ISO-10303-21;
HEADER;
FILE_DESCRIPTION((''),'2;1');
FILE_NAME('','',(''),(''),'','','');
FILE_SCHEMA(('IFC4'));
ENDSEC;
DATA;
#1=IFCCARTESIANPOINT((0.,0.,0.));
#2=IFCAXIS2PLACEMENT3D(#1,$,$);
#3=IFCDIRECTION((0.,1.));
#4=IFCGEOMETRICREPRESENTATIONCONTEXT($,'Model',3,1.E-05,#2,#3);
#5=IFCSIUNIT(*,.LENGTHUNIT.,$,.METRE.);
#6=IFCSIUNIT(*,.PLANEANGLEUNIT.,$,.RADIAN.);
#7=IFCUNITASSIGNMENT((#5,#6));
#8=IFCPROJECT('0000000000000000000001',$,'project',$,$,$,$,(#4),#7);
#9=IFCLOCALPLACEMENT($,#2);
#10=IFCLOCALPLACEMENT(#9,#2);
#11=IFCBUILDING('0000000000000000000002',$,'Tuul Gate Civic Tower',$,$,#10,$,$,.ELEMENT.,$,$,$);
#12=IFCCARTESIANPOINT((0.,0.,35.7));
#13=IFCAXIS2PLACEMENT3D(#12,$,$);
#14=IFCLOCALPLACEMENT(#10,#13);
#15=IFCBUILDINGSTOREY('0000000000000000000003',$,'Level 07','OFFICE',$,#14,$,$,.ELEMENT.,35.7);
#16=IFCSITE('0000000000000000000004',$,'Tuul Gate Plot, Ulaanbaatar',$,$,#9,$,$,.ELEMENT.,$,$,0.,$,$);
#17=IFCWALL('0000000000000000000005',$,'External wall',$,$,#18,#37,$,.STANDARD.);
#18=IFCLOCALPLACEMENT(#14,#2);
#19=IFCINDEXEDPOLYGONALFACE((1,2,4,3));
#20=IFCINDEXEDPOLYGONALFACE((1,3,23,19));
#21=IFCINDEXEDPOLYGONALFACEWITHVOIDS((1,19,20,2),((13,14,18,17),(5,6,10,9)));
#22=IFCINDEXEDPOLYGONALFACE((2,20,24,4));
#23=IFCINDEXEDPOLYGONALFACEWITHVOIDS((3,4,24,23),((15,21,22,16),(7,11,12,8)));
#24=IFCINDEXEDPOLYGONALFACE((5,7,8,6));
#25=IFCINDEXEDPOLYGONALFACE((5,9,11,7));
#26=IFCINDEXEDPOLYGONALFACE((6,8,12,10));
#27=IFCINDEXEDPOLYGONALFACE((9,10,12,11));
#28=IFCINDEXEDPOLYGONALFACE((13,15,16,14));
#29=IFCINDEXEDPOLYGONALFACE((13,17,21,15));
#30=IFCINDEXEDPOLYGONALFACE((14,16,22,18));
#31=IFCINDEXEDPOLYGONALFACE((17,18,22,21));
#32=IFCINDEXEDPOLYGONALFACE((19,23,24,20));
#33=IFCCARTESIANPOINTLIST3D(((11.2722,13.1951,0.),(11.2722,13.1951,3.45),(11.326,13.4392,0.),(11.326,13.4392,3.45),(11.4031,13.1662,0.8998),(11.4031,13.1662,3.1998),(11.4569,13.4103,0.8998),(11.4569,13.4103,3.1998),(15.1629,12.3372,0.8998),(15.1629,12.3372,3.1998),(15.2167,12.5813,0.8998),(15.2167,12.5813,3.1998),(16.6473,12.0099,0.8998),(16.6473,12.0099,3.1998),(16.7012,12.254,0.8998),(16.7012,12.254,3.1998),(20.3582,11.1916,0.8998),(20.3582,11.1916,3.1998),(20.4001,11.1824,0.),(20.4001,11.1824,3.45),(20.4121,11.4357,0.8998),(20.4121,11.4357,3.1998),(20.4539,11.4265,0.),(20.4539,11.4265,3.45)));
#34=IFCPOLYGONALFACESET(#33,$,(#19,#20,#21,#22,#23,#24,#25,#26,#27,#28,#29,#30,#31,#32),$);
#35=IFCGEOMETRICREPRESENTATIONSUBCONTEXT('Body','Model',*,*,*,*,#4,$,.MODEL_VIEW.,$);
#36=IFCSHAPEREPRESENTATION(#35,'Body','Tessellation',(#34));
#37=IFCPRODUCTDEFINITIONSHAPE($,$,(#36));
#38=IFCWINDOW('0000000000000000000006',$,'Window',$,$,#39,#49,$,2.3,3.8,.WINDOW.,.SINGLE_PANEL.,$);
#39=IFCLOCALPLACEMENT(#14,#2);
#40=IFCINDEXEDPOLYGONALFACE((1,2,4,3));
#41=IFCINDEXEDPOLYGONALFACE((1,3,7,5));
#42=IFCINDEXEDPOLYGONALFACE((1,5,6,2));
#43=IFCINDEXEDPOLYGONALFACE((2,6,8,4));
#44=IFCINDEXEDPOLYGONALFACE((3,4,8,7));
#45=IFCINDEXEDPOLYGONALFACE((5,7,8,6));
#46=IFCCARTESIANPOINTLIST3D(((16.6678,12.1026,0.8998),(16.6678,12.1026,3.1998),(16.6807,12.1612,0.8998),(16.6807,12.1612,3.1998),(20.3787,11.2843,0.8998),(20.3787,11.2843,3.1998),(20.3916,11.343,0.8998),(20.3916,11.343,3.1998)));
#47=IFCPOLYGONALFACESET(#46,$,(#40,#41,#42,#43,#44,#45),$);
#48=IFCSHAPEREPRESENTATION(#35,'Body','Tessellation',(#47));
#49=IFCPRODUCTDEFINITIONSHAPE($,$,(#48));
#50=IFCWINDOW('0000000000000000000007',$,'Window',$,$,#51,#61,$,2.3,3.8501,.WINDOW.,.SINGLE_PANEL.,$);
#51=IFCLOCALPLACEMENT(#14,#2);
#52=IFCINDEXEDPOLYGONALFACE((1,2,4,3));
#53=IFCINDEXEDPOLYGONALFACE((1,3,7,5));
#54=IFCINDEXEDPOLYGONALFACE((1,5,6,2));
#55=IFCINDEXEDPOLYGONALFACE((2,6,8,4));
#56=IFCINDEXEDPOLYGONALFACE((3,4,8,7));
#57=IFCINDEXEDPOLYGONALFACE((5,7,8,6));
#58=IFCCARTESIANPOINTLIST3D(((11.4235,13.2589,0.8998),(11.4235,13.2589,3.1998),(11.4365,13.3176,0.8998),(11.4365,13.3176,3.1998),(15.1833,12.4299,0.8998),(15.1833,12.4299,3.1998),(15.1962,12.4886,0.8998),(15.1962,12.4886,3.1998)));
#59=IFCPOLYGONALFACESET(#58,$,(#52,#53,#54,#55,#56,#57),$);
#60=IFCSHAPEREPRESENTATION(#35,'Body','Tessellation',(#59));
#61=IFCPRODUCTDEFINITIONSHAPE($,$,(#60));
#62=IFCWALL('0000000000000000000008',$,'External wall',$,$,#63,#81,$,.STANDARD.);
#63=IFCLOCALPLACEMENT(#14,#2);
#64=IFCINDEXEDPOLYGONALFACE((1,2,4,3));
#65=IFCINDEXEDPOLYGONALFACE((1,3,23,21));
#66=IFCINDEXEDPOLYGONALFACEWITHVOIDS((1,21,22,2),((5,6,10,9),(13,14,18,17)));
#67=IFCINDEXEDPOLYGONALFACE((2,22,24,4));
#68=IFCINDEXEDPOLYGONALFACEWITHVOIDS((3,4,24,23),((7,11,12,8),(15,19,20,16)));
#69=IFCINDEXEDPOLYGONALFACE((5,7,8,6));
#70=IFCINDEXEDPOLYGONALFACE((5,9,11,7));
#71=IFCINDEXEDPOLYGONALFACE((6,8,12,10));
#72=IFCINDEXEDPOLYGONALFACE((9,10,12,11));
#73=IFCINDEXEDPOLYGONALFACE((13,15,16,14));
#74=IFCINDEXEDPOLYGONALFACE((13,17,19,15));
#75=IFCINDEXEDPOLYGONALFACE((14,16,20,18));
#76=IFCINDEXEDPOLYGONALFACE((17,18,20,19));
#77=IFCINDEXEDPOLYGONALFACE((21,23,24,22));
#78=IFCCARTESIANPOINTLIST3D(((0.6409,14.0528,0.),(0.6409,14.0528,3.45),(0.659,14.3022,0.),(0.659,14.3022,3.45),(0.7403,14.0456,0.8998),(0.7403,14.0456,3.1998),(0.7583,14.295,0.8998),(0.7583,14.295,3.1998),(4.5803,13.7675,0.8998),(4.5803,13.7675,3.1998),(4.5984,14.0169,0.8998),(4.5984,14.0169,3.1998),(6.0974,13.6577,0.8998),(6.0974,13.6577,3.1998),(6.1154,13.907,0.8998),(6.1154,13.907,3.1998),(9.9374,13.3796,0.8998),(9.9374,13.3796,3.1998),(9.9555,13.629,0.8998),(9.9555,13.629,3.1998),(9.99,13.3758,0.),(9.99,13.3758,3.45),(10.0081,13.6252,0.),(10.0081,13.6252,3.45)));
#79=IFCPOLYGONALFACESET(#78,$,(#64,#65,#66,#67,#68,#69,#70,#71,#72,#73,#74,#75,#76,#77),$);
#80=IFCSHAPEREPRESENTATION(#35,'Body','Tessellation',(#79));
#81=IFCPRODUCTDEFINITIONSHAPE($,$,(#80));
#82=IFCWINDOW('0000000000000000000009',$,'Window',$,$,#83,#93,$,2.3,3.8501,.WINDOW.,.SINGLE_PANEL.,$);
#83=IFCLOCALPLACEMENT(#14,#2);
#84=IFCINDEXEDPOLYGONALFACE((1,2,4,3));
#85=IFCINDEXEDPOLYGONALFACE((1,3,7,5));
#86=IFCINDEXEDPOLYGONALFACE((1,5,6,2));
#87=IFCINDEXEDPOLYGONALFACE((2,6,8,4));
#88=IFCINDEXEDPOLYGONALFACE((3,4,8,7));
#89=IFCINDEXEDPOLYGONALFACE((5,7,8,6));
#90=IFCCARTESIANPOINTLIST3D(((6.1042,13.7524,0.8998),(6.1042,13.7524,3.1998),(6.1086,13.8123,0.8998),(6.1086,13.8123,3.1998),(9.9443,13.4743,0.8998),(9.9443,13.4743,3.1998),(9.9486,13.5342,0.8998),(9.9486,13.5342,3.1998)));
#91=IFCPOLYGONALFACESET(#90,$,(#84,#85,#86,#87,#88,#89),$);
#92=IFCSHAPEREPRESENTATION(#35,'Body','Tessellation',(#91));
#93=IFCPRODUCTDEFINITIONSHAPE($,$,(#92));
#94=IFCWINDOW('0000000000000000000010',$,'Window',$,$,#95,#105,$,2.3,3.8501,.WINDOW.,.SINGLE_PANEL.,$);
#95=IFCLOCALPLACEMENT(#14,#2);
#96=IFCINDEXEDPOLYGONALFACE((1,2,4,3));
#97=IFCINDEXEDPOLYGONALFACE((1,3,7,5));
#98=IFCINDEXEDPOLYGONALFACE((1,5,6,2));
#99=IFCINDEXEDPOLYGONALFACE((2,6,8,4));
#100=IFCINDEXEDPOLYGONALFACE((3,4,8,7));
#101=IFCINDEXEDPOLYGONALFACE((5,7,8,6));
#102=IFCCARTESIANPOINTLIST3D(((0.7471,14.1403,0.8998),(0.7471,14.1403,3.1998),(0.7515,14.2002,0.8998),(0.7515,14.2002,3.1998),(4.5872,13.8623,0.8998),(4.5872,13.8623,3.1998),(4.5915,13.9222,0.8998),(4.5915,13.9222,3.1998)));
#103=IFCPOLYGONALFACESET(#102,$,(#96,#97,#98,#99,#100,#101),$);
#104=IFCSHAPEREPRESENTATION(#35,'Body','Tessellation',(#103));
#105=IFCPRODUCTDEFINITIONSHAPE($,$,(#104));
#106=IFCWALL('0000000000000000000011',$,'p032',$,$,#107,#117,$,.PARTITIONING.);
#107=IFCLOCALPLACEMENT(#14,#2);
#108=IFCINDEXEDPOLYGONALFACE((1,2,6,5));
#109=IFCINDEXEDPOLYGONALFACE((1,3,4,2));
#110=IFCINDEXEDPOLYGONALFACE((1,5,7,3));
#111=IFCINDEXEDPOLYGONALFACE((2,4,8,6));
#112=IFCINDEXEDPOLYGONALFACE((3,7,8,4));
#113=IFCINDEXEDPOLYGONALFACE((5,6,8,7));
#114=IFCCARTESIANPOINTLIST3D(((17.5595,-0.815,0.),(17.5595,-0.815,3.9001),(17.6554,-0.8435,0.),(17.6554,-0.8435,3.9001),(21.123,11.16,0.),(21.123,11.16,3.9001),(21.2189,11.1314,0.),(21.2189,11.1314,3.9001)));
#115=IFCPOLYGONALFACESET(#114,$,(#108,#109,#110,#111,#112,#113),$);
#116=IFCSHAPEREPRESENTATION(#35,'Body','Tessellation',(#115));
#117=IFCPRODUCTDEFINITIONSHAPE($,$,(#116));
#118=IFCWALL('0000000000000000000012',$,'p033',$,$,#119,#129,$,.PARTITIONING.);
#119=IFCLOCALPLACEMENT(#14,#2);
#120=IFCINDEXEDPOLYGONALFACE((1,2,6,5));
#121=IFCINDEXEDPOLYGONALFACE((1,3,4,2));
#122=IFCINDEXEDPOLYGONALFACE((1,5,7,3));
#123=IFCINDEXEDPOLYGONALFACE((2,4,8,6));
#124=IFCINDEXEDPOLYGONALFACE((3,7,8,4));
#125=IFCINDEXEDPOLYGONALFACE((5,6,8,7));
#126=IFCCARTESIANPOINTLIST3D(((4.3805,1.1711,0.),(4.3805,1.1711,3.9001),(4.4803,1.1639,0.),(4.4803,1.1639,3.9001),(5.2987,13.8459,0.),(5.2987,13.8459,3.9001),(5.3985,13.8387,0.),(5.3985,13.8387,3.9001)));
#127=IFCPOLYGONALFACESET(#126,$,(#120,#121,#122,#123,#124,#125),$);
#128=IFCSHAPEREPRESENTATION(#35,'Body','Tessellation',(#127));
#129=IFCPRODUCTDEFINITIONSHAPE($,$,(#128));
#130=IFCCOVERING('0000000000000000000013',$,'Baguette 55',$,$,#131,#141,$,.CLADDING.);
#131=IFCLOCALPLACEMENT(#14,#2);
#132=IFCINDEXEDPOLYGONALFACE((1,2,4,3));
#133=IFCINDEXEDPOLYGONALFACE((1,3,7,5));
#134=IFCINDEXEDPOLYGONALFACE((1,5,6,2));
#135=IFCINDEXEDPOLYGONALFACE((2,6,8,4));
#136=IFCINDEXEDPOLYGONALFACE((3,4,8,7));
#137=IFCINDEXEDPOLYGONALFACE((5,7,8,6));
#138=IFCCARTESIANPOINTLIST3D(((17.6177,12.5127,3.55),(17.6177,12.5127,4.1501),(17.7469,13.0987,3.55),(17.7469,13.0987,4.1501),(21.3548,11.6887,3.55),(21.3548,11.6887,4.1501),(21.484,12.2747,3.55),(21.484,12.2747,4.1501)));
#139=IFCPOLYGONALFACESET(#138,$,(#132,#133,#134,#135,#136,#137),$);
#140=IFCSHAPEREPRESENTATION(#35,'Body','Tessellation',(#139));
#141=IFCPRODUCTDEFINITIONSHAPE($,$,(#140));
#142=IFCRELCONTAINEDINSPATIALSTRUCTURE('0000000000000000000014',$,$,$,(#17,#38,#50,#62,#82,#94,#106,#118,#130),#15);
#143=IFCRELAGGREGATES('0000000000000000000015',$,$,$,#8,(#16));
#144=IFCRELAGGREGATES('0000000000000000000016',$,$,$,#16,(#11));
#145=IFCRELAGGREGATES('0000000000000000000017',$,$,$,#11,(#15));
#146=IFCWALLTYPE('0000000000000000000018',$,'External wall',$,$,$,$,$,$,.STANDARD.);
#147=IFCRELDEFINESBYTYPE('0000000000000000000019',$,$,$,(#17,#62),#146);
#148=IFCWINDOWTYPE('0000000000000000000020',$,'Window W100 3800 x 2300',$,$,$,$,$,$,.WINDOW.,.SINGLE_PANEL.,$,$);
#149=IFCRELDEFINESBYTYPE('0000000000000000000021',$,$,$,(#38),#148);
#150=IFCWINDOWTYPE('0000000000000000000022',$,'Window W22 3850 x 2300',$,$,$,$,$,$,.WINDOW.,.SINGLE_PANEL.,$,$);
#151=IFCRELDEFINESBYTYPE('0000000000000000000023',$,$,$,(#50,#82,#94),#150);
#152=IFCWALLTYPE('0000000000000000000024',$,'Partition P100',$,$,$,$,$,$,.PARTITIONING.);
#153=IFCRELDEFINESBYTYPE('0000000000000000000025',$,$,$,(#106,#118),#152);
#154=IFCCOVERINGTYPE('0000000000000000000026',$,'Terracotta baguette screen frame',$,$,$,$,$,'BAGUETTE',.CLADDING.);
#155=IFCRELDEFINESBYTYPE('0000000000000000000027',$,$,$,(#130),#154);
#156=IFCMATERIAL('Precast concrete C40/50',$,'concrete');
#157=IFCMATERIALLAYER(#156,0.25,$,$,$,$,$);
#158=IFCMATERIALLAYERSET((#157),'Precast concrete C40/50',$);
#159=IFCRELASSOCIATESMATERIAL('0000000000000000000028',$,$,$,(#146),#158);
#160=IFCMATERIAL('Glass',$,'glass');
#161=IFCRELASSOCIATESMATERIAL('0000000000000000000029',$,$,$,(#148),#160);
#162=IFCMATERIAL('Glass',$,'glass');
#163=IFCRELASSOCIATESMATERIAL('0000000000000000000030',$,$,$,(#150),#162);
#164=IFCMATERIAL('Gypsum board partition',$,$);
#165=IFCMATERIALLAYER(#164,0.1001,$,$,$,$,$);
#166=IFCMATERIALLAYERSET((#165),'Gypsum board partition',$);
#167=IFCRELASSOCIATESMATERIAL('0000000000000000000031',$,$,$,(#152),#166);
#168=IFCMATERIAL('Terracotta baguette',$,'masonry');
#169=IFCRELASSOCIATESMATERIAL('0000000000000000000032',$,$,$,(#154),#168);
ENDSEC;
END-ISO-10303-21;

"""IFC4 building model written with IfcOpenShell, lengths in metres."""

from ifc_helpers import new_model, si_unit, direction, frame, frame_2d, origin, origin_2d, place, context, subcontext, project, spatial, rectangle, extrude, material, layer, layer_set, material_profile, profile_set, type_object, element, fill, save


model = new_model("IFC4")

# Units and contexts
model_context = context("Model", 3, precision=1e-05, world=origin(), true_north=direction((0.0, 1.0)))
body_context = subcontext(model_context, "Body", "Model", "MODEL_VIEW")
ifc_project = project(units=[si_unit("LENGTHUNIT", "METRE"), si_unit("PLANEANGLEUNIT", "RADIAN")], contexts=[model_context])

# Site, building, storey
site_placement = place(None, origin())
site = spatial("IfcSite", under=ifc_project, at=site_placement, Name="Tuul Gate Plot, Ulaanbaatar", CompositionType="ELEMENT", RefElevation=0.0)
building_placement = place(site_placement, origin())
building = spatial("IfcBuilding", under=site, at=building_placement, Name="Tuul Gate Civic Tower", CompositionType="ELEMENT")
storey_placement = place(building_placement, frame((0.0, 0.0, 35.7)))
storey = spatial("IfcBuildingStorey", under=building, at=storey_placement, Name="Level 07", Description="OFFICE", CompositionType="ELEMENT", Elevation=35.7)

# Walls, openings, windows
ifc_material_1 = material(Name="Precast concrete C40/50", Category="concrete")
ifc_layer_1 = layer(ifc_material_1, 0.25)
ifc_layer_set_1 = layer_set([ifc_layer_1], Name="Precast concrete C40/50")
wall_type_1 = type_object("IfcWallType", Name="External wall", PredefinedType="STANDARD", material=ifc_layer_set_1)
wall_1_placement = place(storey_placement, frame((20.427, 11.3044, 0.0), z_axis=(0.0, 0.0, 1.0), x_axis=(-0.976542, 0.215326, 0.0)))
wall_1 = element("IfcWall", 1, at=wall_1_placement, inside=storey, type_object=wall_type_1, Name="External wall", PredefinedType="STANDARD", context=body_context, shape_type="SweptSolid", body=[
    extrude(rectangle(XDim=9.3472, YDim=0.25, at=frame_2d((4.6736, 0.0))), origin(), (0.0, 0.0, 1.0), 3.45),
])
opening_1_placement = place(wall_1_placement, frame((0.043, 0.0, 0.8999)))
opening_1 = element("IfcOpeningElement", 2, at=opening_1_placement, cuts=wall_1, PredefinedType="OPENING", context=body_context, shape_type="SweptSolid", body=[
    extrude(rectangle(XDim=3.8, YDim=2.3, at=frame_2d((1.8999, 1.1499))), frame((0.0, 0.135, 0.0), z_axis=(0.0, -1.0, 0.0), x_axis=(1.0, 0.0, 0.0)), (0.0, 0.0, 1.0), 0.27),
])
opening_2_placement = place(wall_1_placement, frame((5.363, 0.0, 0.8999)))
opening_2 = element("IfcOpeningElement", 3, at=opening_2_placement, cuts=wall_1, PredefinedType="OPENING", context=body_context, shape_type="SweptSolid", body=[
    extrude(rectangle(XDim=3.8501, YDim=2.3, at=frame_2d((1.925, 1.1499))), frame((0.0, 0.135, 0.0), z_axis=(0.0, -1.0, 0.0), x_axis=(1.0, 0.0, 0.0)), (0.0, 0.0, 1.0), 0.27),
])
ifc_material_2 = material(Name="Glass", Category="glass")
window_type_1 = type_object("IfcWindowType", Name="Window W100 3800 x 2300", PartitioningType="SINGLE_PANEL", PredefinedType="WINDOW", material=ifc_material_2)
window_1_placement = place(opening_1_placement, origin())
window_1 = element("IfcWindow", 4, at=window_1_placement, inside=storey, type_object=window_type_1, Name="Window", OverallHeight=2.3, OverallWidth=3.8, PartitioningType="SINGLE_PANEL", PredefinedType="WINDOW", context=body_context, shape_type="SweptSolid", body=[
    extrude(rectangle(XDim=3.8, YDim=2.3, at=frame_2d((1.8999, 1.1499))), frame((0.0, 0.03, 0.0), z_axis=(0.0, -1.0, 0.0), x_axis=(1.0, 0.0, 0.0)), (0.0, 0.0, 1.0), 0.0601),
])
fill(opening_1, window_1)
ifc_material_3 = material(Name="Glass", Category="glass")
window_type_2 = type_object("IfcWindowType", Name="Window W22 3850 x 2300", PartitioningType="SINGLE_PANEL", PredefinedType="WINDOW", material=ifc_material_3)
window_2_placement = place(opening_2_placement, origin())
window_2 = element("IfcWindow", 5, at=window_2_placement, inside=storey, type_object=window_type_2, Name="Window", OverallHeight=2.3, OverallWidth=3.8501, PartitioningType="SINGLE_PANEL", PredefinedType="WINDOW", context=body_context, shape_type="SweptSolid", body=[
    extrude(rectangle(XDim=3.8501, YDim=2.3, at=frame_2d((1.925, 1.1499))), frame((0.0, 0.03, 0.0), z_axis=(0.0, -1.0, 0.0), x_axis=(1.0, 0.0, 0.0)), (0.0, 0.0, 1.0), 0.0601),
])
fill(opening_2, window_2)
wall_2_placement = place(storey_placement, frame((9.999, 13.5005, 0.0), z_axis=(0.0, 0.0, 1.0), x_axis=(-0.997388, 0.072224, 0.0)))
wall_2 = element("IfcWall", 6, at=wall_2_placement, inside=storey, type_object=wall_type_1, Name="External wall", PredefinedType="STANDARD", context=body_context, shape_type="SweptSolid", body=[
    extrude(rectangle(XDim=9.3735, YDim=0.25, at=frame_2d((4.6868, 0.0))), origin(), (0.0, 0.0, 1.0), 3.45),
])
opening_3_placement = place(wall_2_placement, frame((0.0527, 0.0, 0.8999)))
opening_3 = element("IfcOpeningElement", 7, at=opening_3_placement, cuts=wall_2, PredefinedType="OPENING", context=body_context, shape_type="SweptSolid", body=[
    extrude(rectangle(XDim=3.8501, YDim=2.3, at=frame_2d((1.925, 1.1499))), frame((0.0, 0.135, 0.0), z_axis=(0.0, -1.0, 0.0), x_axis=(1.0, 0.0, 0.0)), (0.0, 0.0, 1.0), 0.27),
])
opening_4_placement = place(wall_2_placement, frame((5.4238, 0.0, 0.8999)))
opening_4 = element("IfcOpeningElement", 8, at=opening_4_placement, cuts=wall_2, PredefinedType="OPENING", context=body_context, shape_type="SweptSolid", body=[
    extrude(rectangle(XDim=3.8501, YDim=2.3, at=frame_2d((1.925, 1.1499))), frame((0.0, 0.135, 0.0), z_axis=(0.0, -1.0, 0.0), x_axis=(1.0, 0.0, 0.0)), (0.0, 0.0, 1.0), 0.27),
])
window_3_placement = place(opening_3_placement, origin())
window_3 = element("IfcWindow", 9, at=window_3_placement, inside=storey, type_object=window_type_2, Name="Window", OverallHeight=2.3, OverallWidth=3.8501, PartitioningType="SINGLE_PANEL", PredefinedType="WINDOW", context=body_context, shape_type="SweptSolid", body=[
    extrude(rectangle(XDim=3.8501, YDim=2.3, at=frame_2d((1.925, 1.1499))), frame((0.0, 0.03, 0.0), z_axis=(0.0, -1.0, 0.0), x_axis=(1.0, 0.0, 0.0)), (0.0, 0.0, 1.0), 0.0601),
])
fill(opening_3, window_3)
window_4_placement = place(opening_4_placement, origin())
window_4 = element("IfcWindow", 10, at=window_4_placement, inside=storey, type_object=window_type_2, Name="Window", OverallHeight=2.3, OverallWidth=3.8501, PartitioningType="SINGLE_PANEL", PredefinedType="WINDOW", context=body_context, shape_type="SweptSolid", body=[
    extrude(rectangle(XDim=3.8501, YDim=2.3, at=frame_2d((1.925, 1.1499))), frame((0.0, 0.03, 0.0), z_axis=(0.0, -1.0, 0.0), x_axis=(1.0, 0.0, 0.0)), (0.0, 0.0, 1.0), 0.0601),
])
fill(opening_4, window_4)

# Walls
ifc_material_4 = material(Name="Gypsum board partition")
ifc_layer_2 = layer(ifc_material_4, 0.1001)
ifc_layer_set_2 = layer_set([ifc_layer_2], Name="Gypsum board partition")
wall_type_2 = type_object("IfcWallType", Name="Partition P100", PredefinedType="PARTITIONING", material=ifc_layer_set_2)
wall_3_placement = place(storey_placement, frame((17.6074, -0.8293, 0.0), z_axis=(0.0, 0.0, 1.0), x_axis=(0.285219, 0.958462, 0.0)))
element("IfcWall", 11, at=wall_3_placement, inside=storey, type_object=wall_type_2, Name="p032", PredefinedType="PARTITIONING", context=body_context, shape_type="SweptSolid", body=[
    extrude(rectangle(XDim=12.4939, YDim=0.1001, at=frame_2d((6.2471, 0.0))), origin(), (0.0, 0.0, 1.0), 3.9001),
])
wall_4_placement = place(storey_placement, frame((4.4304, 1.1675, 0.0), z_axis=(0.0, 0.0, 1.0), x_axis=(0.072255, 0.997386, 0.0)))
element("IfcWall", 12, at=wall_4_placement, inside=storey, type_object=wall_type_2, Name="p033", PredefinedType="PARTITIONING", context=body_context, shape_type="SweptSolid", body=[
    extrude(rectangle(XDim=12.708, YDim=0.1001, at=frame_2d((6.354, 0.0))), origin(), (0.0, 0.0, 1.0), 3.9001),
])

# Covering
ifc_material_5 = material(Name="Terracotta baguette", Category="masonry")
ifc_material_profile_1 = material_profile(ifc_material_5, rectangle(XDim=0.6001, YDim=0.6001, at=origin_2d()), Name="Terracotta baguette screen frame")
ifc_profile_set_1 = profile_set([ifc_material_profile_1], Name="Terracotta baguette")
covering_type = type_object("IfcCoveringType", Name="Terracotta baguette screen frame", ElementType="BAGUETTE", PredefinedType="CLADDING", material=ifc_profile_set_1)
covering_placement = place(storey_placement, frame((21.4194, 11.9817, 3.8501), z_axis=(-0.976544, 0.215316, 0.0), x_axis=(-0.215316, -0.976544, 0.0)))
element("IfcCovering", 13, at=covering_placement, inside=storey, type_object=covering_type, Name="Baguette 55", PredefinedType="CLADDING", context=body_context, shape_type="SweptSolid", body=[
    extrude(rectangle(XDim=0.6001, YDim=0.6001, at=origin_2d()), origin(), (0.0, 0.0, 1.0), 3.8269),
])

save(model, "model.ifc")
